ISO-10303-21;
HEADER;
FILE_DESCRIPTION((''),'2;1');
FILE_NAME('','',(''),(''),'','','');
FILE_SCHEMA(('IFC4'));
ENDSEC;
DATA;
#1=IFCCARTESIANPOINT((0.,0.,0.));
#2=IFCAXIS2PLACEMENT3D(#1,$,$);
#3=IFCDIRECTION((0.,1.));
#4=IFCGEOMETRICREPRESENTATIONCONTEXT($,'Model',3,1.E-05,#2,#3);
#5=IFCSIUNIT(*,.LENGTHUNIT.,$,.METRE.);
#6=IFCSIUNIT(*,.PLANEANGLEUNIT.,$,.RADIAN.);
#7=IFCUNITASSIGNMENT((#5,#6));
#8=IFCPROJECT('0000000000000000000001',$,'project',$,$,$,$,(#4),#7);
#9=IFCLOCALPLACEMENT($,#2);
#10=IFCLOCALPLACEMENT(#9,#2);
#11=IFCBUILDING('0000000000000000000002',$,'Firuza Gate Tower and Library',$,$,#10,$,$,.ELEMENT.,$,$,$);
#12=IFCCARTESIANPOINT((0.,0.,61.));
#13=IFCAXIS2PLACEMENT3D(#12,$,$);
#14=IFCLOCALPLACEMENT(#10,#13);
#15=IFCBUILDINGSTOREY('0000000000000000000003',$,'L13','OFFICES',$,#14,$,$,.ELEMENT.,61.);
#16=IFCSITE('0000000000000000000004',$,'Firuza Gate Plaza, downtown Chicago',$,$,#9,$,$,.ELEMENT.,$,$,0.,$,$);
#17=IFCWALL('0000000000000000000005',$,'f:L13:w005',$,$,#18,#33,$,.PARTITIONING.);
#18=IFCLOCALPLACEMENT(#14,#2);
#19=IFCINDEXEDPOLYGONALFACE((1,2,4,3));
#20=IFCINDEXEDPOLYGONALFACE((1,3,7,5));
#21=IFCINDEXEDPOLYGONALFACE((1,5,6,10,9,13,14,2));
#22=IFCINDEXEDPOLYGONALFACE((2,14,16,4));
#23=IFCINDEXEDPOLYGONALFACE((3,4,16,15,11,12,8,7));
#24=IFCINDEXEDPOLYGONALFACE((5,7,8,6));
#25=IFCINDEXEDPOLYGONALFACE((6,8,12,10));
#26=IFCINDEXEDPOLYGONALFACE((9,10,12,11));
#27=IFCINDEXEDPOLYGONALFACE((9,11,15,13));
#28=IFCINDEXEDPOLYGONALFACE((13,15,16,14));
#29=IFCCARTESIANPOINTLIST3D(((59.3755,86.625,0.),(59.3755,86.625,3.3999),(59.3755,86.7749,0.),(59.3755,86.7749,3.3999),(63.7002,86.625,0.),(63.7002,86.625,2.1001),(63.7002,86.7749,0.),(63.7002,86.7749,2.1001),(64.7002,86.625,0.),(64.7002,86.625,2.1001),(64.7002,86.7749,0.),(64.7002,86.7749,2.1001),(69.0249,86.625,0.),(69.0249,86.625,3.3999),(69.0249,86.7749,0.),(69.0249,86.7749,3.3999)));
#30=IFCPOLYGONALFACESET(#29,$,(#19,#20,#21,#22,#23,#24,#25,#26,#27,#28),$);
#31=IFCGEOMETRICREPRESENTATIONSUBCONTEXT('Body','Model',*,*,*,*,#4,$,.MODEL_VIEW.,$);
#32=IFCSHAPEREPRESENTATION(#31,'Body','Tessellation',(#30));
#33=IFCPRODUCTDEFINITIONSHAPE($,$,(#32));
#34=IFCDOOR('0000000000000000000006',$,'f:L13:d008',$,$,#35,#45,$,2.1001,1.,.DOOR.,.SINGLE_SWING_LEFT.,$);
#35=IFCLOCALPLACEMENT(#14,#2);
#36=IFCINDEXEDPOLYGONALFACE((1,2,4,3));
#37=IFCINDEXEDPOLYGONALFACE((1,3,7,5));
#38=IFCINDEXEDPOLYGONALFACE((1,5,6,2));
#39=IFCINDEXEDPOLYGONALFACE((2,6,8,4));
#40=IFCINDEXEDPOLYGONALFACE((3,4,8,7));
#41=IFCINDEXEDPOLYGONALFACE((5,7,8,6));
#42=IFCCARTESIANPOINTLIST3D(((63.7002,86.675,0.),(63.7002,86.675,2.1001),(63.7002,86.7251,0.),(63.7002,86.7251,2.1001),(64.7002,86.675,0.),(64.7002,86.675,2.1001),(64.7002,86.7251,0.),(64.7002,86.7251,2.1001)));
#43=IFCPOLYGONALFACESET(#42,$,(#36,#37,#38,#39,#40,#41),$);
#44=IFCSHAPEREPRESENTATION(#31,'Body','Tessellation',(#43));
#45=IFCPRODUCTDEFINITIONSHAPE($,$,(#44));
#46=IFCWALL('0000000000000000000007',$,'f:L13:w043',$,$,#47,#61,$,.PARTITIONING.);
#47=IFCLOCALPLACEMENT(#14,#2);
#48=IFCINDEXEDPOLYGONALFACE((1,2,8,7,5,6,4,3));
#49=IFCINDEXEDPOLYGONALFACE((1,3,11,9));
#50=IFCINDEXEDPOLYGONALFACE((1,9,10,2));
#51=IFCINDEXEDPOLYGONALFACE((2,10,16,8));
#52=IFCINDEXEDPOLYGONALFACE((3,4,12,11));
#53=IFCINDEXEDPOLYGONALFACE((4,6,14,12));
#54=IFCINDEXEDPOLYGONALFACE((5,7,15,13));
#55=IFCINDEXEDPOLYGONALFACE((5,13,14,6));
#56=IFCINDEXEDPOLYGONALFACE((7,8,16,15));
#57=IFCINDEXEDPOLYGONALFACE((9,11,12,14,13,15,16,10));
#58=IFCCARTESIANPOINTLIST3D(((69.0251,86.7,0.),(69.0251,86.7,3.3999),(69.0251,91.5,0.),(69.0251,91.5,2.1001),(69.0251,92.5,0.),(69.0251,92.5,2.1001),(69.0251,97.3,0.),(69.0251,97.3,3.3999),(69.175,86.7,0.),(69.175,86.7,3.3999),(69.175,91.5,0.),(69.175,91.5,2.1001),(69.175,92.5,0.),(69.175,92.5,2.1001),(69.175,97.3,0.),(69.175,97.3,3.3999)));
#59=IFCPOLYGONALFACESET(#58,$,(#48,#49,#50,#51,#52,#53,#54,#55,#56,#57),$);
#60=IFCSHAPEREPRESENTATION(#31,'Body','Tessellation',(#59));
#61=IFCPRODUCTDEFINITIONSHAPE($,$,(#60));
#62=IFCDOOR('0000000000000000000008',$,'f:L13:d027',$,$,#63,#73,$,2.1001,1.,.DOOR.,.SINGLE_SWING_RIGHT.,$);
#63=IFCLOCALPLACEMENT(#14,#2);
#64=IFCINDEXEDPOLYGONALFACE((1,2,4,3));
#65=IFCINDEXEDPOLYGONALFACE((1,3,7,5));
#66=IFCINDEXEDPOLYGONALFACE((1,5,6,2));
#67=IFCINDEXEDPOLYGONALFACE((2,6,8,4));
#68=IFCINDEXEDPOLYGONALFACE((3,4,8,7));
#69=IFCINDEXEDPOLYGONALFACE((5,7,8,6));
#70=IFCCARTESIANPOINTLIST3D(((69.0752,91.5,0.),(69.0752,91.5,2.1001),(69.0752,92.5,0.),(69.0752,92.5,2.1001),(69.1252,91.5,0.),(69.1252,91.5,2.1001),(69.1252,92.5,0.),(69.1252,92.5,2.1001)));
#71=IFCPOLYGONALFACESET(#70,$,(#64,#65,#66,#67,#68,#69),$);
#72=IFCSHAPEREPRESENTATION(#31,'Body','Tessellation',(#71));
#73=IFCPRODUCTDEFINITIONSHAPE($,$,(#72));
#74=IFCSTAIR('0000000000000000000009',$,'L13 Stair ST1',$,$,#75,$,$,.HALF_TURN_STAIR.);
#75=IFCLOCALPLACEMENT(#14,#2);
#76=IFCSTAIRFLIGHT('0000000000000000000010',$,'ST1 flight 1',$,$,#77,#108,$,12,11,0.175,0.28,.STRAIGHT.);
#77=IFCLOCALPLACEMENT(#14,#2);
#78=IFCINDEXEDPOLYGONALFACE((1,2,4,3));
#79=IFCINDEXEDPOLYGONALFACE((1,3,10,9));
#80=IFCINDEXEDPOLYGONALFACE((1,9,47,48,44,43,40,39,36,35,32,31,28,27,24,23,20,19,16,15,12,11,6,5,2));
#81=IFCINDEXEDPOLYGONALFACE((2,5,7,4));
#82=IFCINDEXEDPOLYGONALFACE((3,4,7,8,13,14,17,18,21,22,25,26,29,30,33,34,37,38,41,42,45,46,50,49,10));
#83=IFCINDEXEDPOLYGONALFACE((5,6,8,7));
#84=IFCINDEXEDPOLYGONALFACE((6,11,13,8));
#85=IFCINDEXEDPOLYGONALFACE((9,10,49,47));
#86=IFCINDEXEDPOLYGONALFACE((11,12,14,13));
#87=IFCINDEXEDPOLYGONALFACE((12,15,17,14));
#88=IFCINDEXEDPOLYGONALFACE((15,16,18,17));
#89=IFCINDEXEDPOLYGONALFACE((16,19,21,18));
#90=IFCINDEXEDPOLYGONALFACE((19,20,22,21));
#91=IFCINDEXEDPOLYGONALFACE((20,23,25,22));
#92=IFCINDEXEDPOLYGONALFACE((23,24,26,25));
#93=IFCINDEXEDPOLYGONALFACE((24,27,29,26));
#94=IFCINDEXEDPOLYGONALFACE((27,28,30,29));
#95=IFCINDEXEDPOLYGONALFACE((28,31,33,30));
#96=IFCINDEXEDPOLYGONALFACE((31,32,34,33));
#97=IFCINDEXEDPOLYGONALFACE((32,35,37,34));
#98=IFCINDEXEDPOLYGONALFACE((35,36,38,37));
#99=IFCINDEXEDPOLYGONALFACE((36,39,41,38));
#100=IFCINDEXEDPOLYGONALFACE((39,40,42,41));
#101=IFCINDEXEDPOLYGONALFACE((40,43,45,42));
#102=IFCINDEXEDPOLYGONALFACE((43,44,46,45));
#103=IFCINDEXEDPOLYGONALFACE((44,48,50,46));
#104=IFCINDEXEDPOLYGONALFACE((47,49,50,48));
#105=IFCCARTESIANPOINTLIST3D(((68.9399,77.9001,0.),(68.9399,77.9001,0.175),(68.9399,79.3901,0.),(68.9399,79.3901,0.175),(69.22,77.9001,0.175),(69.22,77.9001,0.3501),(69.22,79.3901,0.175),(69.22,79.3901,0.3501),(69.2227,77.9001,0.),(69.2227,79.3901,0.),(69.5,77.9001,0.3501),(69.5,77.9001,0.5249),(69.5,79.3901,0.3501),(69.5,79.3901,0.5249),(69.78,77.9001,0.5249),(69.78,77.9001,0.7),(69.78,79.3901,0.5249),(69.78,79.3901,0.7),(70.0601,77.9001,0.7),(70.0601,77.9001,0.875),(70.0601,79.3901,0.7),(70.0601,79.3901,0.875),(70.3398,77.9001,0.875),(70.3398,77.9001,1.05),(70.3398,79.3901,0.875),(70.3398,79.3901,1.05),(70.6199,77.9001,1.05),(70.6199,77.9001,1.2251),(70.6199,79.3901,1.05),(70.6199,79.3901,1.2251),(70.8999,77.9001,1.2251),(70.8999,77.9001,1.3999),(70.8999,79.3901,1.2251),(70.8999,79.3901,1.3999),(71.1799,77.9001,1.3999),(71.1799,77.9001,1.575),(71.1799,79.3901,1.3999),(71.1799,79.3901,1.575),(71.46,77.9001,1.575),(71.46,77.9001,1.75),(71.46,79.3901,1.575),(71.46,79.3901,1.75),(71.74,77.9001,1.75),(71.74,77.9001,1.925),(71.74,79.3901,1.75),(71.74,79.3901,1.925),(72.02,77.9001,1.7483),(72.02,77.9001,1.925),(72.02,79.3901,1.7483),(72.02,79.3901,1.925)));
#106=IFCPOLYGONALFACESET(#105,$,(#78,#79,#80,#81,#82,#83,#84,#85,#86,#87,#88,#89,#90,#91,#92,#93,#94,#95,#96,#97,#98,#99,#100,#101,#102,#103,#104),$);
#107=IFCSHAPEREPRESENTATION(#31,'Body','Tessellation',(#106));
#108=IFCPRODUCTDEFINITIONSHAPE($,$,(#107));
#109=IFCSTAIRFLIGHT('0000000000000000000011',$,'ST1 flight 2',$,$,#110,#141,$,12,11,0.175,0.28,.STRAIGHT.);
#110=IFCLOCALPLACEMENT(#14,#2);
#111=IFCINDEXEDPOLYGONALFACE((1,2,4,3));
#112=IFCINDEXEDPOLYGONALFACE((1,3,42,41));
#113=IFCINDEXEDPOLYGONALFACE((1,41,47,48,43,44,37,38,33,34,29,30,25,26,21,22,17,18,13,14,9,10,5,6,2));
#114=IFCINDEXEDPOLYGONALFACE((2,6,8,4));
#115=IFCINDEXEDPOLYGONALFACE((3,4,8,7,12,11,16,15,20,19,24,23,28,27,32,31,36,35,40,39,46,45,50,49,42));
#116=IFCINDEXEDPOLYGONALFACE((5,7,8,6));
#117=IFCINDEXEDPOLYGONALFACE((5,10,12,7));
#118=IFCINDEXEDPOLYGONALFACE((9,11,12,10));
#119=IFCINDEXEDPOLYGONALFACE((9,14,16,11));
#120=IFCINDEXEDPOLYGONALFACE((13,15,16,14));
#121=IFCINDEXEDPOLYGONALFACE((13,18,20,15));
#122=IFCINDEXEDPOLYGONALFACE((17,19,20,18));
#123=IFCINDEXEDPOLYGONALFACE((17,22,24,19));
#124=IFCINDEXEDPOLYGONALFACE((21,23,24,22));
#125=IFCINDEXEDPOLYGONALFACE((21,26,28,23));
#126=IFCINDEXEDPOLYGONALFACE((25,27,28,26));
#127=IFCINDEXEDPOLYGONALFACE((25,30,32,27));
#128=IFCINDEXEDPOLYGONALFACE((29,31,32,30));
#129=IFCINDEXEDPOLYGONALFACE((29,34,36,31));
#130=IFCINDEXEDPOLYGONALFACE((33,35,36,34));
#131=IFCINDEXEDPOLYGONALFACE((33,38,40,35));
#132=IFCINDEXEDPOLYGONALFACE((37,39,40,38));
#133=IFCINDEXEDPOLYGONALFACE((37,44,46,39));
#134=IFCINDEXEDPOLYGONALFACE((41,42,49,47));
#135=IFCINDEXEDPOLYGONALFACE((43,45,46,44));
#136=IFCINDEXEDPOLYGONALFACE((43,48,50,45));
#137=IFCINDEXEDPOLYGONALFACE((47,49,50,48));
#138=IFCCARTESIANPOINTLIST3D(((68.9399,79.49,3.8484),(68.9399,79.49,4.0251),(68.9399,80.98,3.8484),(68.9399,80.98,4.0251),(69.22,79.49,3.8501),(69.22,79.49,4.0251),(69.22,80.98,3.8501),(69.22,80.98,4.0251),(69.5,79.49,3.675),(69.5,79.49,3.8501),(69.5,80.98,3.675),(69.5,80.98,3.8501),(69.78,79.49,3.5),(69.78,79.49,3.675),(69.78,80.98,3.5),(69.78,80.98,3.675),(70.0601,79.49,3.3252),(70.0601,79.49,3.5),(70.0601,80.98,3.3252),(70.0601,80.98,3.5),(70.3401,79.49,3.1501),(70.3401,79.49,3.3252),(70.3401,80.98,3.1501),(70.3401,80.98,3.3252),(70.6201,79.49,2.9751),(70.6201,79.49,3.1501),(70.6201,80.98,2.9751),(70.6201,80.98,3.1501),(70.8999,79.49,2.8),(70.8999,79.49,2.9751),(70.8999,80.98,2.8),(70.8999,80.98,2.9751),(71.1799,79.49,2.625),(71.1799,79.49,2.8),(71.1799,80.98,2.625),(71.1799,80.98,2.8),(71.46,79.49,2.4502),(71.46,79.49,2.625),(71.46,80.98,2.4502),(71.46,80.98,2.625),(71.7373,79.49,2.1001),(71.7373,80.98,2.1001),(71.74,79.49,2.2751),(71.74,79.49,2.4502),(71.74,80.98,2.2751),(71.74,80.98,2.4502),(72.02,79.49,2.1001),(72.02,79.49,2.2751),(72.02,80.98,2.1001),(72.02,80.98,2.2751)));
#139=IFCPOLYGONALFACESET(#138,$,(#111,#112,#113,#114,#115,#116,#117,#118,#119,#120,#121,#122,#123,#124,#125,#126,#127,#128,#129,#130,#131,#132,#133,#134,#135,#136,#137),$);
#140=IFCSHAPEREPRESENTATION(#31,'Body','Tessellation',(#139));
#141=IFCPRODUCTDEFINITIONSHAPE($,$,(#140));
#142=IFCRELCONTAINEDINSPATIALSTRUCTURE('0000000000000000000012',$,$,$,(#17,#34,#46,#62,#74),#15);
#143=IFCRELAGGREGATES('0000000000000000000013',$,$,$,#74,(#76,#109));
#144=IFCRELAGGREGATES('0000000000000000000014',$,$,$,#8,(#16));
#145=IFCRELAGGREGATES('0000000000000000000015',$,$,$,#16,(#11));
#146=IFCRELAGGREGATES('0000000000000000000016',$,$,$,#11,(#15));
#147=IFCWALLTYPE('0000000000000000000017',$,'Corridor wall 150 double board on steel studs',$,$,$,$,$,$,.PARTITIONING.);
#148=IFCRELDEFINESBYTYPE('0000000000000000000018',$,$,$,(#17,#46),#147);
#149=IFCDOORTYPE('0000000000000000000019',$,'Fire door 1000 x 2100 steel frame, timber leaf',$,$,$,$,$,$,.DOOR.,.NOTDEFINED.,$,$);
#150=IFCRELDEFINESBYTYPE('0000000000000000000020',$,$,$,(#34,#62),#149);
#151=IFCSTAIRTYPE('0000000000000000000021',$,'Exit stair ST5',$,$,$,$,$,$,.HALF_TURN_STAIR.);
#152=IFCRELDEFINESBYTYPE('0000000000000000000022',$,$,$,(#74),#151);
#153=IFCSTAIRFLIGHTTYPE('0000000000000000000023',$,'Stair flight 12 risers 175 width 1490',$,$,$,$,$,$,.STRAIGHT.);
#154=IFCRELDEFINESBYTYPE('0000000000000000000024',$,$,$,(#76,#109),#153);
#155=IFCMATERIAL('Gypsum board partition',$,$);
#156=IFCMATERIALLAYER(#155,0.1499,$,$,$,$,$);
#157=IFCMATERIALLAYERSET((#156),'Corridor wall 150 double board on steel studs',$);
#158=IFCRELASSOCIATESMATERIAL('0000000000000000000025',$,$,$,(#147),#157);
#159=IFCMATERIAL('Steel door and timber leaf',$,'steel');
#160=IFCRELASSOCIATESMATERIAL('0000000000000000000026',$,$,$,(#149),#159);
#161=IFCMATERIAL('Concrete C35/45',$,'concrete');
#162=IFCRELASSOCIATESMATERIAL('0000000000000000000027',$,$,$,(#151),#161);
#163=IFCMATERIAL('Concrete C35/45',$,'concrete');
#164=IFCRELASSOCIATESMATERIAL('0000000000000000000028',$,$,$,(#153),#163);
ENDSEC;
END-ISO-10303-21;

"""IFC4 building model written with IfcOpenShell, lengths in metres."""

from ifc_helpers import new_model, si_unit, direction, frame, frame_2d, origin, place, context, subcontext, project, spatial, polyline, rectangle, outline, extrude, material, layer, layer_set, type_object, element, fill, aggregate, save


model = new_model("IFC4")

# Units and contexts
model_context = context("Model", 3, precision=1e-05, world=origin(), true_north=direction((0.0, 1.0)))
body_context = subcontext(model_context, "Body", "Model", "MODEL_VIEW")
ifc_project = project(units=[si_unit("LENGTHUNIT", "METRE"), si_unit("PLANEANGLEUNIT", "RADIAN")], contexts=[model_context])

# Site, building, storey
site_placement = place(None, origin())
site = spatial("IfcSite", under=ifc_project, at=site_placement, Name="Firuza Gate Plaza, downtown Chicago", CompositionType="ELEMENT", RefElevation=0.0)
building_placement = place(site_placement, origin())
building = spatial("IfcBuilding", under=site, at=building_placement, Name="Firuza Gate Tower and Library", CompositionType="ELEMENT")
storey_placement = place(building_placement, frame((0.0, 0.0, 61.0)))
storey = spatial("IfcBuildingStorey", under=building, at=storey_placement, Name="L13", Description="OFFICES", CompositionType="ELEMENT", Elevation=61.0)

# Walls, openings, doors
ifc_material_1 = material(Name="Gypsum board partition")
ifc_layer_1 = layer(ifc_material_1, 0.1499)
ifc_layer_set_1 = layer_set([ifc_layer_1], Name="Corridor wall 150 double board on steel studs")
wall_type_1 = type_object("IfcWallType", Name="Corridor wall 150 double board on steel studs", PredefinedType="PARTITIONING", material=ifc_layer_set_1)
wall_1_placement = place(storey_placement, frame((69.0249, 86.7, 0.0), z_axis=(0.0, 0.0, 1.0), x_axis=(-1.0, 0.0, 0.0)))
wall_1 = element("IfcWall", 1, at=wall_1_placement, inside=storey, type_object=wall_type_1, Name="f:L13:w005", PredefinedType="PARTITIONING", context=body_context, shape_type="SweptSolid", body=[
    extrude(rectangle(XDim=9.6494, YDim=0.1499, at=frame_2d((4.8247, 0.0))), origin(), (0.0, 0.0, 1.0), 3.3999),
])
opening_1_placement = place(wall_1_placement, frame((4.3247, 0.0, 0.0)))
opening_1 = element("IfcOpeningElement", 2, at=opening_1_placement, cuts=wall_1, PredefinedType="OPENING", context=body_context, shape_type="SweptSolid", body=[
    extrude(rectangle(XDim=1.0, YDim=2.1001, at=frame_2d((0.5, 1.05))), frame((0.0, 0.085, 0.0), z_axis=(0.0, -1.0, 0.0), x_axis=(1.0, 0.0, 0.0)), (0.0, 0.0, 1.0), 0.1699),
])
ifc_material_2 = material(Name="Steel door and timber leaf", Category="steel")
door_type_1 = type_object("IfcDoorType", Name="Fire door 1000 x 2100 steel frame, timber leaf", OperationType="NOTDEFINED", PredefinedType="DOOR", material=ifc_material_2)
door_1_placement = place(opening_1_placement, origin())
door_1 = element("IfcDoor", 3, at=door_1_placement, inside=storey, type_object=door_type_1, Name="f:L13:d008", OperationType="SINGLE_SWING_LEFT", OverallHeight=2.1001, OverallWidth=1.0, PredefinedType="DOOR", context=body_context, shape_type="SweptSolid", body=[
    extrude(rectangle(XDim=1.0, YDim=2.1001, at=frame_2d((0.5, 1.05))), frame((0.0, 0.0249, 0.0), z_axis=(0.0, -1.0, 0.0), x_axis=(1.0, 0.0, 0.0)), (0.0, 0.0, 1.0), 0.05),
])
fill(opening_1, door_1)
wall_2_placement = place(storey_placement, frame((69.1001, 86.7, 0.0), z_axis=(0.0, 0.0, 1.0), x_axis=(0.0, 1.0, 0.0)))
wall_2 = element("IfcWall", 4, at=wall_2_placement, inside=storey, type_object=wall_type_1, Name="f:L13:w043", PredefinedType="PARTITIONING", context=body_context, shape_type="SweptSolid", body=[
    extrude(rectangle(XDim=10.6001, YDim=0.1499, at=frame_2d((5.3, 0.0))), origin(), (0.0, 0.0, 1.0), 3.3999),
])
opening_2_placement = place(wall_2_placement, frame((4.8, 0.0, 0.0)))
opening_2 = element("IfcOpeningElement", 5, at=opening_2_placement, cuts=wall_2, PredefinedType="OPENING", context=body_context, shape_type="SweptSolid", body=[
    extrude(rectangle(XDim=1.0, YDim=2.1001, at=frame_2d((0.5, 1.05))), frame((0.0, 0.085, 0.0), z_axis=(0.0, -1.0, 0.0), x_axis=(1.0, 0.0, 0.0)), (0.0, 0.0, 1.0), 0.1699),
])
door_2_placement = place(opening_2_placement, origin())
door_2 = element("IfcDoor", 6, at=door_2_placement, inside=storey, type_object=door_type_1, Name="f:L13:d027", OperationType="SINGLE_SWING_RIGHT", OverallHeight=2.1001, OverallWidth=1.0, PredefinedType="DOOR", context=body_context, shape_type="SweptSolid", body=[
    extrude(rectangle(XDim=1.0, YDim=2.1001, at=frame_2d((0.5, 1.05))), frame((0.0, 0.0249, 0.0), z_axis=(0.0, -1.0, 0.0), x_axis=(1.0, 0.0, 0.0)), (0.0, 0.0, 1.0), 0.05),
])
fill(opening_2, door_2)

# Stair, stair flights
ifc_material_3 = material(Name="Concrete C35/45", Category="concrete")
stair_type = type_object("IfcStairType", Name="Exit stair ST5", PredefinedType="HALF_TURN_STAIR", material=ifc_material_3)
stair_placement = place(storey_placement, origin())
stair = element("IfcStair", 7, at=stair_placement, inside=storey, type_object=stair_type, Name="L13 Stair ST1", PredefinedType="HALF_TURN_STAIR")
ifc_material_4 = material(Name="Concrete C35/45", Category="concrete")
stair_flight_type = type_object("IfcStairFlightType", Name="Stair flight 12 risers 175 width 1490", PredefinedType="STRAIGHT", material=ifc_material_4)
stair_flight_1_placement = place(storey_placement, frame((68.9399, 78.645, 0.0), z_axis=(0.0, 0.0, 1.0), x_axis=(1.0, 0.0, 0.0)))
stair_flight_1 = element("IfcStairFlight", 8, at=stair_flight_1_placement, type_object=stair_flight_type, Name="ST1 flight 1", NumberOfRisers=12, NumberOfTreads=11, PredefinedType="STRAIGHT", RiserHeight=0.175, TreadLength=0.28, context=body_context, shape_type="SweptSolid", body=[
    extrude(outline(polyline([(0.0, 0.0), (0.0, 0.175), (0.28, 0.175), (0.28, 0.3501), (0.5601, 0.3501), (0.5601, 0.5249), (0.8401, 0.5249), (0.8401, 0.7), (1.1201, 0.7), (1.1201, 0.875), (1.3999, 0.875), (1.3999, 1.05), (1.6799, 1.05), (1.6799, 1.2251), (1.96, 1.2251), (1.96, 1.3999), (2.24, 1.3999), (2.24, 1.575), (2.52, 1.575), (2.52, 1.75), (2.8, 1.75), (2.8, 1.925), (3.0801, 1.925), (3.0801, 2.1001), (3.0801, 1.7483), (0.2827, 0.0), (0.0, 0.0)])), frame((0.0, 0.7451, 0.0), z_axis=(0.0, -1.0, 0.0), x_axis=(1.0, 0.0, 0.0)), (0.0, 0.0, 1.0), 1.49),
])
stair_flight_2_placement = place(storey_placement, frame((72.02, 80.2351, 2.1001), z_axis=(0.0, 0.0, 1.0), x_axis=(-1.0, 0.0, 0.0)))
stair_flight_2 = element("IfcStairFlight", 9, at=stair_flight_2_placement, type_object=stair_flight_type, Name="ST1 flight 2", NumberOfRisers=12, NumberOfTreads=11, PredefinedType="STRAIGHT", RiserHeight=0.175, TreadLength=0.28, context=body_context, shape_type="SweptSolid", body=[
    extrude(outline(polyline([(0.0, 0.0), (0.0, 0.175), (0.28, 0.175), (0.28, 0.3501), (0.5601, 0.3501), (0.5601, 0.5249), (0.8401, 0.5249), (0.8401, 0.7), (1.1201, 0.7), (1.1201, 0.875), (1.3999, 0.875), (1.3999, 1.05), (1.6799, 1.05), (1.6799, 1.2251), (1.96, 1.2251), (1.96, 1.3999), (2.24, 1.3999), (2.24, 1.575), (2.52, 1.575), (2.52, 1.75), (2.8, 1.75), (2.8, 1.925), (3.0801, 1.925), (3.0801, 2.1001), (3.0801, 1.7483), (0.2827, 0.0), (0.0, 0.0)])), frame((0.0, 0.7451, 0.0), z_axis=(0.0, -1.0, 0.0), x_axis=(1.0, 0.0, 0.0)), (0.0, 0.0, 1.0), 1.49),
])
aggregate(stair, [stair_flight_1, stair_flight_2])

save(model, "model.ifc")
